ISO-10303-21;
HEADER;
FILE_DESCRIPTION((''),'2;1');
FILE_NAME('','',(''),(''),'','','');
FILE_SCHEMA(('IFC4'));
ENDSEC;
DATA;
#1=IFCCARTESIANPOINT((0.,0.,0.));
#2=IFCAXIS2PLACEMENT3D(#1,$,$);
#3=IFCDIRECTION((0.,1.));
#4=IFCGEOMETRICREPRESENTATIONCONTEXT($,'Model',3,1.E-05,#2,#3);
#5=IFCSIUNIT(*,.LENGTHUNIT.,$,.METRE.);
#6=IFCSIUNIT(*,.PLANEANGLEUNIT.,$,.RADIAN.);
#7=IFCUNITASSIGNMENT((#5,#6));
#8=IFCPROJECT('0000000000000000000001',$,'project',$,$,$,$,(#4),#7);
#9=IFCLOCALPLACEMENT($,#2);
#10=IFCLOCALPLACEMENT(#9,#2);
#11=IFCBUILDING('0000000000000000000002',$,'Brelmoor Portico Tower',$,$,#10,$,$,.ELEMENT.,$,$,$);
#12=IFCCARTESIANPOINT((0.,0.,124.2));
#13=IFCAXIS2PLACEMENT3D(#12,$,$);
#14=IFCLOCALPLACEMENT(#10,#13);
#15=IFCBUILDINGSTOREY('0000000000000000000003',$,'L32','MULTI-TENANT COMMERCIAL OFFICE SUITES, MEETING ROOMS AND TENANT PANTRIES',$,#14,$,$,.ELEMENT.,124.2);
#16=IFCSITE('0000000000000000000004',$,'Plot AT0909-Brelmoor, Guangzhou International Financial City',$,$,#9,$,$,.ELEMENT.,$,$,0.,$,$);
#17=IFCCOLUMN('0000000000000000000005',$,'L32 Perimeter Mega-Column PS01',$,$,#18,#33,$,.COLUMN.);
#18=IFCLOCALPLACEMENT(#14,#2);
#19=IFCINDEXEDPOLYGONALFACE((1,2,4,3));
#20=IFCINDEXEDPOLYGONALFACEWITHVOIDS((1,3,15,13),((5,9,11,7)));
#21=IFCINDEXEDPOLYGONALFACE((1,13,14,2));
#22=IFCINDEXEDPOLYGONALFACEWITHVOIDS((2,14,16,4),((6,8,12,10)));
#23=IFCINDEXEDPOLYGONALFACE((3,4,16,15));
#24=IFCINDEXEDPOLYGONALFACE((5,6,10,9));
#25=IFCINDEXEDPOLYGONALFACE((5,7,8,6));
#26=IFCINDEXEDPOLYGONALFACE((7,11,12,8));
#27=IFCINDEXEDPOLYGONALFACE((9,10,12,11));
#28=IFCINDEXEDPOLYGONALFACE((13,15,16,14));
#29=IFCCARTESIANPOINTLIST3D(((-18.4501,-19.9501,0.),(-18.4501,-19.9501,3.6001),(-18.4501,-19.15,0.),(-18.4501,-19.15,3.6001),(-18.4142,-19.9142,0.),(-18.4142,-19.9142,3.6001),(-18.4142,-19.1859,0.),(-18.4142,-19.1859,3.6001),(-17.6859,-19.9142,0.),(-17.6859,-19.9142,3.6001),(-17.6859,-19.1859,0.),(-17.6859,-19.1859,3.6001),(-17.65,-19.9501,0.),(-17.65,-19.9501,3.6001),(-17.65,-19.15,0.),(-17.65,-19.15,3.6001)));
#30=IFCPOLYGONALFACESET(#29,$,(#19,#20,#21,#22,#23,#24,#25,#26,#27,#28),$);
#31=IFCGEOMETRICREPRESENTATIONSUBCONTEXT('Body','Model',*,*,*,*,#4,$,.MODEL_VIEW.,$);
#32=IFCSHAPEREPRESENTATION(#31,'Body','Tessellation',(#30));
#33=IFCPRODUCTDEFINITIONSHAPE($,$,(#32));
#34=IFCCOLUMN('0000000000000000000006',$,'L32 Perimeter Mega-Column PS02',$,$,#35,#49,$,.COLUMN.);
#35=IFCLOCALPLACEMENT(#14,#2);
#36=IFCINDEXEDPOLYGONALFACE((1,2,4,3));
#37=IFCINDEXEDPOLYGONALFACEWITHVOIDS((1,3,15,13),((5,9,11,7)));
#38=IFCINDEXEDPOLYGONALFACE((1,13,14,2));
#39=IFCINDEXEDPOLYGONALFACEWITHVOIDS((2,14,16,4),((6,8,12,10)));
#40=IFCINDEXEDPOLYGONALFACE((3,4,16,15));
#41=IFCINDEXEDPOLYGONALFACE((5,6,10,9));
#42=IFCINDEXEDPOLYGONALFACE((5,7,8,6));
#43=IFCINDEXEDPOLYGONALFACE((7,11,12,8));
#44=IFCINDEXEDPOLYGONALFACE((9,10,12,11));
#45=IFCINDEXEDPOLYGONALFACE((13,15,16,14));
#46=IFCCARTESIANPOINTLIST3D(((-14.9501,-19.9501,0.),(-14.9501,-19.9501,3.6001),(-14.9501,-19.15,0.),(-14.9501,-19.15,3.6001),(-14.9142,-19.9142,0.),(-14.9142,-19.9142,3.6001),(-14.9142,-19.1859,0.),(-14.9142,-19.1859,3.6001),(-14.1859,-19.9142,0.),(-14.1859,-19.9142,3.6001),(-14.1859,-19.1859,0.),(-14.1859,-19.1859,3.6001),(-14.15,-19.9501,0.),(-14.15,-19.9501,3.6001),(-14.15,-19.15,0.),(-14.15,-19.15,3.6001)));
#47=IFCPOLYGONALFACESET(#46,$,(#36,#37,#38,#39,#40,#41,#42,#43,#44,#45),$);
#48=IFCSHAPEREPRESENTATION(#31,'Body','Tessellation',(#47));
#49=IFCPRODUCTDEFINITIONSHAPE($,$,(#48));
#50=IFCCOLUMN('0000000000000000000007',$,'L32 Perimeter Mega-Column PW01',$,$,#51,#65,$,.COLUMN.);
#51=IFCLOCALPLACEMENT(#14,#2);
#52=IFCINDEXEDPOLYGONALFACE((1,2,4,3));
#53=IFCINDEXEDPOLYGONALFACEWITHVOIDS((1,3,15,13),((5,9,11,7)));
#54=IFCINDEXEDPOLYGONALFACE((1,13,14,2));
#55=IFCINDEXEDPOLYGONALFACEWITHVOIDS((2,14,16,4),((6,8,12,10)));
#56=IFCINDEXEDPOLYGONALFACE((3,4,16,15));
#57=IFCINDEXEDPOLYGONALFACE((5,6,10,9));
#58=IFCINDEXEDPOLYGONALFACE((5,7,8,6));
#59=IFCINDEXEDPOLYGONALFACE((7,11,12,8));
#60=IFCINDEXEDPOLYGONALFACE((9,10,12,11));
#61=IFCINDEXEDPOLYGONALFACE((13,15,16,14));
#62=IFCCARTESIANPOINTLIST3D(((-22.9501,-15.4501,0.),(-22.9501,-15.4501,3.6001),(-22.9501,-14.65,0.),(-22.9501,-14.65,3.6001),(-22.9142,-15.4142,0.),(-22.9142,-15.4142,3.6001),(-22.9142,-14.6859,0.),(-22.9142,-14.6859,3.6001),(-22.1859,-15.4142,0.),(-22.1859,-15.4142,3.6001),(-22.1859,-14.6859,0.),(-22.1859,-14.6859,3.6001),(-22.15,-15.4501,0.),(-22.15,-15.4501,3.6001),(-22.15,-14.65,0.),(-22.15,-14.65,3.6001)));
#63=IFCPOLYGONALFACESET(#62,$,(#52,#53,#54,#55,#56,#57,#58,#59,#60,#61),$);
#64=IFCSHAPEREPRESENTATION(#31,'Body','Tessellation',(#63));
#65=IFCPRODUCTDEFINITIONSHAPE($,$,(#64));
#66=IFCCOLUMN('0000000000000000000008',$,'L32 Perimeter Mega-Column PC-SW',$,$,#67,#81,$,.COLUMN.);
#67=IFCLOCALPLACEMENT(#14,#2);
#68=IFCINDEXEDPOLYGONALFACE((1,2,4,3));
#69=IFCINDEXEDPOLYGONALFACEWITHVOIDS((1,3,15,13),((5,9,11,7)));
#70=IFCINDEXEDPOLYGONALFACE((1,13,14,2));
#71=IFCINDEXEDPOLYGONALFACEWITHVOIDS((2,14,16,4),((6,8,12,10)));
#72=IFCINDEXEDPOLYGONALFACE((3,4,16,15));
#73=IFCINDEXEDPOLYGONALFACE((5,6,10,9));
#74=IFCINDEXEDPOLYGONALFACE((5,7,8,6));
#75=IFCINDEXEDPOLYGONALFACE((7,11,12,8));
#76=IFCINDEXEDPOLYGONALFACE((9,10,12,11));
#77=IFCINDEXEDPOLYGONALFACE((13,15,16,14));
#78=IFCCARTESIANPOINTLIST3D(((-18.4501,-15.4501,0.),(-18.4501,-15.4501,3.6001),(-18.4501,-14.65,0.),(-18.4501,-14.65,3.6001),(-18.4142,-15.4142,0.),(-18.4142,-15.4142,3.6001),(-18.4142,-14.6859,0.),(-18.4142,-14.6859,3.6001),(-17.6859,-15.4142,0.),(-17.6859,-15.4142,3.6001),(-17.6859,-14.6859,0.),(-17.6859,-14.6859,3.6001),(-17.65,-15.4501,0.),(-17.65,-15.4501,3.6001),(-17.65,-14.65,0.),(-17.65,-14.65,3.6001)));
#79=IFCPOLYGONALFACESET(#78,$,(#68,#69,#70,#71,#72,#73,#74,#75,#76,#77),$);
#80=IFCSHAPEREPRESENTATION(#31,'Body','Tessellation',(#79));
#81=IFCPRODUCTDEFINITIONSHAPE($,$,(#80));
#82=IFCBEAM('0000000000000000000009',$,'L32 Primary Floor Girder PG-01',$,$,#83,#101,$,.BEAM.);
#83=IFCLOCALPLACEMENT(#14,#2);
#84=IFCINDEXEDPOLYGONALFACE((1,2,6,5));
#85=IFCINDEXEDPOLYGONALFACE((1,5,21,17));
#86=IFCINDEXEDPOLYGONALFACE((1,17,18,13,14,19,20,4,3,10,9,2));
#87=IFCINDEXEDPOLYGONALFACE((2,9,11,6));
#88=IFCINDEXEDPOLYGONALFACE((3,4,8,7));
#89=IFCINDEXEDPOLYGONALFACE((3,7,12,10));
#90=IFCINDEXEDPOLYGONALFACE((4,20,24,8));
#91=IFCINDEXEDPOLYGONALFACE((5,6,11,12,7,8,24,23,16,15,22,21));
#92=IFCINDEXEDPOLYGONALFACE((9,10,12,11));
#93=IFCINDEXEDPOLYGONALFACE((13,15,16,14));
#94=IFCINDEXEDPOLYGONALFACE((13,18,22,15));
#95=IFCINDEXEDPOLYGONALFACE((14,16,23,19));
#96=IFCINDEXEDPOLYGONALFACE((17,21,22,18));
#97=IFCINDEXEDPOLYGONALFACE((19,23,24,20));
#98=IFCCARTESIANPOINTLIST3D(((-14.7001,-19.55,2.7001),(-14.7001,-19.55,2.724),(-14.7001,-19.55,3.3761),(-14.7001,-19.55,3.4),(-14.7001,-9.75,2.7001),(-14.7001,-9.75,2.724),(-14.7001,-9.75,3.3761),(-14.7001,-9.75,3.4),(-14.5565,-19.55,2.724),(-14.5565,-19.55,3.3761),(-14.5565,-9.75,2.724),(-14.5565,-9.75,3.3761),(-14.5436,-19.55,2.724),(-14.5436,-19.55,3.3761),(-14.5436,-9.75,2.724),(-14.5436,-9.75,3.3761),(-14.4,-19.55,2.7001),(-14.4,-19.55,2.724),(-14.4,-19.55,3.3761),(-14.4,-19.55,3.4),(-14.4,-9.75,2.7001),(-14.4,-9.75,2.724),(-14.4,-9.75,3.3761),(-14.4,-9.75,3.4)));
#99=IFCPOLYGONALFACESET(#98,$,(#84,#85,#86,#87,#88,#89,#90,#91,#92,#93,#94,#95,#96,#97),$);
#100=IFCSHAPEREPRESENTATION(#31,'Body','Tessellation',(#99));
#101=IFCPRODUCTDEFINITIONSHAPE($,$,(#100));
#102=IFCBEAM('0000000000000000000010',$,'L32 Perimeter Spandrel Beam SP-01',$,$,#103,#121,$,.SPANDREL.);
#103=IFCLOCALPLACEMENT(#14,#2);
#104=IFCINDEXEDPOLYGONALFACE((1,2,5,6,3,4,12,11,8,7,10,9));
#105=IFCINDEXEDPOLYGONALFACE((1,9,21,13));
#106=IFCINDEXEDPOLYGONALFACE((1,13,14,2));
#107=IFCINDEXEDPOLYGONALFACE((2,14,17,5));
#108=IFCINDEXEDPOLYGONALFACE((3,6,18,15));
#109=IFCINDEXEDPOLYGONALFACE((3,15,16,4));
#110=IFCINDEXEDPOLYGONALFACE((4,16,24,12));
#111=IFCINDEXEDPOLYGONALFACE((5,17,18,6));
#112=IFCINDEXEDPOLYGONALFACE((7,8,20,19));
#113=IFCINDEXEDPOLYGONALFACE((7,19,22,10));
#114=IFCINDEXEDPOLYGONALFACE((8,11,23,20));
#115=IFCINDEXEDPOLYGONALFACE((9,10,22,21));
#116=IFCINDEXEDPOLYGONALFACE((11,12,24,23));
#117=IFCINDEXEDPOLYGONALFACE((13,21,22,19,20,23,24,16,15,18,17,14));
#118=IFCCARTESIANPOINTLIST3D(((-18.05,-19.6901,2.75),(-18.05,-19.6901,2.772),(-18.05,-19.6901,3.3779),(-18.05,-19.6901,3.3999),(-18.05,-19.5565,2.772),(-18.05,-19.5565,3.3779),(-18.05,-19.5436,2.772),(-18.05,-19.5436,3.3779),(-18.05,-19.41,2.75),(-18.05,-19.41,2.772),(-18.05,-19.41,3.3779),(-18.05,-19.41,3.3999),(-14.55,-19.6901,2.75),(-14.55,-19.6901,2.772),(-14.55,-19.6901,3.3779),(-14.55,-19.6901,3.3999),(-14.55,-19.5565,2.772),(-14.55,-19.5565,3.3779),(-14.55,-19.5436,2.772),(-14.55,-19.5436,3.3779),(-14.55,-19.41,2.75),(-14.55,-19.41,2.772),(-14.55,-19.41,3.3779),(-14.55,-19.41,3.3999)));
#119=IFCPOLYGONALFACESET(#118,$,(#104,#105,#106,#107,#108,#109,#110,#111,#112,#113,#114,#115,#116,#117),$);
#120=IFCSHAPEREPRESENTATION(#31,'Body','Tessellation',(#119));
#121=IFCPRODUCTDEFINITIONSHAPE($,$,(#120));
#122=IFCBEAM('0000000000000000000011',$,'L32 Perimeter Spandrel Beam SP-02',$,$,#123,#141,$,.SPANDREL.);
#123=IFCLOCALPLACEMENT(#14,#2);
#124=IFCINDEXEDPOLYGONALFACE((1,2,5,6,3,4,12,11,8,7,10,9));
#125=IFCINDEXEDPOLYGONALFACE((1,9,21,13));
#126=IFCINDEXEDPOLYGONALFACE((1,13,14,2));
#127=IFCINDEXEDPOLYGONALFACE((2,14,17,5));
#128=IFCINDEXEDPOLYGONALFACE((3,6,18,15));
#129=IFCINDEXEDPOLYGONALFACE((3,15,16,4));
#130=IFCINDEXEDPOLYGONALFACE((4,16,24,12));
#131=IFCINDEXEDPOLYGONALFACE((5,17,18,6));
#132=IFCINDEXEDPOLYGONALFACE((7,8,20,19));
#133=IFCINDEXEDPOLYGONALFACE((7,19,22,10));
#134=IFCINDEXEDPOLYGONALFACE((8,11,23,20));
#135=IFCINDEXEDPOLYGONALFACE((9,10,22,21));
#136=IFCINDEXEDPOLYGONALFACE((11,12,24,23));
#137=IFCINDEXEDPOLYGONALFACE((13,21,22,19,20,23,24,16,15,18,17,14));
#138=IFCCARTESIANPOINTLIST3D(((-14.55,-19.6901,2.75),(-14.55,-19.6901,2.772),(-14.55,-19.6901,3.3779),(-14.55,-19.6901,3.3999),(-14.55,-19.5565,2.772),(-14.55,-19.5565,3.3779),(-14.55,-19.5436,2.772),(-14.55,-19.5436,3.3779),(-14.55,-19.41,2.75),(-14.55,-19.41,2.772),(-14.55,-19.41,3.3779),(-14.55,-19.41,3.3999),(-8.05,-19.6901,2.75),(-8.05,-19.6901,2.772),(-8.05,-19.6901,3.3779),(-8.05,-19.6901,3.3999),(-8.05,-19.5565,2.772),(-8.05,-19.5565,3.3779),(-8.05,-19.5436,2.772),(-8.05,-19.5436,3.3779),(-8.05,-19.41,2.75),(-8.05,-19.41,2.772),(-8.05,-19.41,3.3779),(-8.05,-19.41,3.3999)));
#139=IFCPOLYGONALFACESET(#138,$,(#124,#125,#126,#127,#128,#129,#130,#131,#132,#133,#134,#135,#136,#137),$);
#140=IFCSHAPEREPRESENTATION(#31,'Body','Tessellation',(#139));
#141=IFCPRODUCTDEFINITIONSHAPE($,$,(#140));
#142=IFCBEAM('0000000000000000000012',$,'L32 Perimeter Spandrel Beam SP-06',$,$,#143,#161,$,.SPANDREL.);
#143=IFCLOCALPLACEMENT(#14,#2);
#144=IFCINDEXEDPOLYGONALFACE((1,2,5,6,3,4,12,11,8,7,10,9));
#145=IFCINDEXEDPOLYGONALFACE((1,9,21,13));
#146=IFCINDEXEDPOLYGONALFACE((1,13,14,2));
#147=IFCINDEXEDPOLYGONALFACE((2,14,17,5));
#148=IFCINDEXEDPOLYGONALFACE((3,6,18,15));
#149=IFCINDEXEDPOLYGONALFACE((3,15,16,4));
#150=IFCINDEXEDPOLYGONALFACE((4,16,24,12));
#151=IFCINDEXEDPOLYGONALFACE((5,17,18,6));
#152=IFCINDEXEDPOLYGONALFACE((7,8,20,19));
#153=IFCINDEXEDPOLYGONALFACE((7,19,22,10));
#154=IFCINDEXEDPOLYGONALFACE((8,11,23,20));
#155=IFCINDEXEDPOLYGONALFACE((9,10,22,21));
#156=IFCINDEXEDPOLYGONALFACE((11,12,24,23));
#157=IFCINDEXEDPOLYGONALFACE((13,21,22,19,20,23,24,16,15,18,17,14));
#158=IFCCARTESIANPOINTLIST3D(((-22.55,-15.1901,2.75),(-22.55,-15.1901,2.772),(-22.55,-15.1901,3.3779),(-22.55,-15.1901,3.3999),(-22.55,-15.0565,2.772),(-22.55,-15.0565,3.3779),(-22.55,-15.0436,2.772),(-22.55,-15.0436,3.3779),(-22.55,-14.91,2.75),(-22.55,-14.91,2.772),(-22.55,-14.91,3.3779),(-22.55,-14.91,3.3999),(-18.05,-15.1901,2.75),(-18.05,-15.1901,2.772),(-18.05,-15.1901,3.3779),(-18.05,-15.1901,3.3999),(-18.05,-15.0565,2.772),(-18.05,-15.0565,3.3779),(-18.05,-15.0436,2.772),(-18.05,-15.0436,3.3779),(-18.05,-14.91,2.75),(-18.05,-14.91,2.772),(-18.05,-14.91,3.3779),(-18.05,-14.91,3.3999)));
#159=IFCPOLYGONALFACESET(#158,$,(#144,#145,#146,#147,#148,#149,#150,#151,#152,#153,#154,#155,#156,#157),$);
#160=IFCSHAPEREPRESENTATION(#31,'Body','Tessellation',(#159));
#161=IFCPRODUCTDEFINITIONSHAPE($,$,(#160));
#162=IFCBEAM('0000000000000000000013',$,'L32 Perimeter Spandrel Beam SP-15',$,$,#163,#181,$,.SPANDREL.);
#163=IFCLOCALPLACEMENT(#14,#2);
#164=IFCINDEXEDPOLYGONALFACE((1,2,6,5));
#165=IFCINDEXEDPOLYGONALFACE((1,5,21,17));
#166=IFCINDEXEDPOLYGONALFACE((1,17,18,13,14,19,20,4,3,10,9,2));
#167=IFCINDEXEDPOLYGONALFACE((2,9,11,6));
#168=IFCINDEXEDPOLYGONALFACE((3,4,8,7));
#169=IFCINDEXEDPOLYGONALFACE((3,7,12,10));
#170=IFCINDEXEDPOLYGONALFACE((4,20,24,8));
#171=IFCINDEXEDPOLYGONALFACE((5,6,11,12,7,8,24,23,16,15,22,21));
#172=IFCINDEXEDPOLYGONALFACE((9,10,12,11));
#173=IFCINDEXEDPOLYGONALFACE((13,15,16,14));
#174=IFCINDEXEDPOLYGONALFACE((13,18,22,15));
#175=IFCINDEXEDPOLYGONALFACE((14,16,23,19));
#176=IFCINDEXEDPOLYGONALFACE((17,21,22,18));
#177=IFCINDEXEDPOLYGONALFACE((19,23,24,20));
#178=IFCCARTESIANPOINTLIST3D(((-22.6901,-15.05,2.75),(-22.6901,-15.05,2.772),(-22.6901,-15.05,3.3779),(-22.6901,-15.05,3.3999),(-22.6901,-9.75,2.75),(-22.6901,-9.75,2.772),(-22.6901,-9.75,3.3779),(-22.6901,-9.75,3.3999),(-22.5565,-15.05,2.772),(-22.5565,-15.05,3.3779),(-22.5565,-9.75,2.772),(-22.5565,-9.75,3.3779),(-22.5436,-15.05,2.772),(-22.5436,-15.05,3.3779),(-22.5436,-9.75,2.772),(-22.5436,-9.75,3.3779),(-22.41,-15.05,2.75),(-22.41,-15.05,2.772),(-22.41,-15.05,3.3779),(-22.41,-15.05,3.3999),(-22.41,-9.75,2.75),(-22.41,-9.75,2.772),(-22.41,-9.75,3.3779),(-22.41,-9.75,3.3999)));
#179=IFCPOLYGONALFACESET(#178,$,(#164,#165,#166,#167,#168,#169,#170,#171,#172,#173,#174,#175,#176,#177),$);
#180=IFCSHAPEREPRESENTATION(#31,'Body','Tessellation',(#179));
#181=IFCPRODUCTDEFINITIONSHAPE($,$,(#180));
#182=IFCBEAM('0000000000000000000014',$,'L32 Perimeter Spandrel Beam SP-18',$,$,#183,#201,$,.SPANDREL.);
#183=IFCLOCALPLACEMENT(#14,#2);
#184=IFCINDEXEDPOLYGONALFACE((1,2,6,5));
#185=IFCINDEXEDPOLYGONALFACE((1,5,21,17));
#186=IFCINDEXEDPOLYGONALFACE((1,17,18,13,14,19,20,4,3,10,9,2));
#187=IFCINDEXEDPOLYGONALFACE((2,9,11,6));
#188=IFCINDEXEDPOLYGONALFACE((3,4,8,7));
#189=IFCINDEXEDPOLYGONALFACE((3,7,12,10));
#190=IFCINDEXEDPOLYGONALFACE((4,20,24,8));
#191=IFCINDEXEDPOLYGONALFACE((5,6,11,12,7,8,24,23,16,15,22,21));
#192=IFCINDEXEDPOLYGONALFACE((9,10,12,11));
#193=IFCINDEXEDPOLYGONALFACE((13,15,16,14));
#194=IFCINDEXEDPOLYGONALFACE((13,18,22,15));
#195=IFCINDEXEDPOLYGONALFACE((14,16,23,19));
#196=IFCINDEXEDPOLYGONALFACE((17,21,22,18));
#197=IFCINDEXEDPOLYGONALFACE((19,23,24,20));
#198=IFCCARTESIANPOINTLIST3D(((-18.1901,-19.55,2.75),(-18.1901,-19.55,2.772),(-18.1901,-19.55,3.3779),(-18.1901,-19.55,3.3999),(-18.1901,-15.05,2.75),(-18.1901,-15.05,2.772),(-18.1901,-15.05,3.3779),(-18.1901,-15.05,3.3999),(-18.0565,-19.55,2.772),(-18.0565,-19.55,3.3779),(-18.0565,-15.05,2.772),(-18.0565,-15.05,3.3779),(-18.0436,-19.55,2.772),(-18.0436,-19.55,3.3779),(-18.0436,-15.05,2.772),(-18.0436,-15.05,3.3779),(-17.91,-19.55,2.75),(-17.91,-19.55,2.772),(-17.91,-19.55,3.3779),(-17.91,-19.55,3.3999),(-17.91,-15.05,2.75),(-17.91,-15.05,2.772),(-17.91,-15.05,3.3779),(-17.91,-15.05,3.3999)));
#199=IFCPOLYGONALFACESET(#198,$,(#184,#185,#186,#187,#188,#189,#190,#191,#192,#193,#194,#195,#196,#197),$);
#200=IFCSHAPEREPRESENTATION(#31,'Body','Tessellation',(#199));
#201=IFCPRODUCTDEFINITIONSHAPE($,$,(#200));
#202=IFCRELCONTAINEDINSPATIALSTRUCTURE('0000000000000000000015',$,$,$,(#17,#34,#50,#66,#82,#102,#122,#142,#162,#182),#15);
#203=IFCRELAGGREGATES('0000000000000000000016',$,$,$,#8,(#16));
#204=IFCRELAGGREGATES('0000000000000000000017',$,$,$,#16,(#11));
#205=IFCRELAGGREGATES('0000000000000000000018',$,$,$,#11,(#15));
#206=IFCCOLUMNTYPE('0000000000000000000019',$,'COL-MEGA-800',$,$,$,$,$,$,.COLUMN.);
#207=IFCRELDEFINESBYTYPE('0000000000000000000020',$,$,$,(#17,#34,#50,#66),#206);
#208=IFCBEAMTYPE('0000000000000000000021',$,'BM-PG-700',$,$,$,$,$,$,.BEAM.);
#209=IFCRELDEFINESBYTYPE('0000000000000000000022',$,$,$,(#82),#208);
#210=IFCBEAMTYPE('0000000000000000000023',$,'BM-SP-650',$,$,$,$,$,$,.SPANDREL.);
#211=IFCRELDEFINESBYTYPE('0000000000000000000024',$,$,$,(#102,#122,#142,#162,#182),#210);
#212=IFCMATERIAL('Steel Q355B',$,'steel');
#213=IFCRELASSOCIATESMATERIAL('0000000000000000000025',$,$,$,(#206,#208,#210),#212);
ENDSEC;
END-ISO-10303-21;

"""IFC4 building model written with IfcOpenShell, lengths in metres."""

from ifc_helpers import new_model, si_unit, direction, frame, origin, origin_2d, place, context, subcontext, project, spatial, hollow_rectangle, i_section, extrude, material, material_profile, profile_set, type_object, element, save


model = new_model("IFC4")

# Units and contexts
model_context = context("Model", 3, precision=1e-05, world=origin(), true_north=direction((0.0, 1.0)))
body_context = subcontext(model_context, "Body", "Model", "MODEL_VIEW")
ifc_project = project(units=[si_unit("LENGTHUNIT", "METRE"), si_unit("PLANEANGLEUNIT", "RADIAN")], contexts=[model_context])

# Site, building, storey
site_placement = place(None, origin())
site = spatial("IfcSite", under=ifc_project, at=site_placement, Name="Plot AT0909-Brelmoor, Guangzhou International Financial City", CompositionType="ELEMENT", RefElevation=0.0)
building_placement = place(site_placement, origin())
building = spatial("IfcBuilding", under=site, at=building_placement, Name="Brelmoor Portico Tower", CompositionType="ELEMENT")
storey_placement = place(building_placement, frame((0.0, 0.0, 124.2)))
storey = spatial("IfcBuildingStorey", under=building, at=storey_placement, Name="L32", Description="MULTI-TENANT COMMERCIAL OFFICE SUITES, MEETING ROOMS AND TENANT PANTRIES", CompositionType="ELEMENT", Elevation=124.2)

# Columns
ifc_material_1 = material(Name="Steel Q355B", Category="steel")
ifc_material_profile_1 = material_profile(ifc_material_1, hollow_rectangle(XDim=0.8, YDim=0.8, WallThickness=0.0359, at=origin_2d()), Name="BOX 800x800x36")
ifc_profile_set_1 = profile_set([ifc_material_profile_1], Name="Steel Q355B")
column_type = type_object("IfcColumnType", Name="COL-MEGA-800", PredefinedType="COLUMN", material=ifc_profile_set_1)
for number, where, z_axis, x_axis, name in (
    (1, (-18.05, -19.55, 0.0), (0.0, 0.0, 1.0), (1.0, 0.0, 0.0), "L32 Perimeter Mega-Column PS01"),
    (2, (-14.55, -19.55, 0.0), (0.0, 0.0, 1.0), (1.0, 0.0, 0.0), "L32 Perimeter Mega-Column PS02"),
    (3, (-22.55, -15.05, 0.0), (0.0, 0.0, 1.0), (0.0, 1.0, 0.0), "L32 Perimeter Mega-Column PW01"),
    (4, (-18.05, -15.05, 0.0), (0.0, 0.0, 1.0), (1.0, 0.0, 0.0), "L32 Perimeter Mega-Column PC-SW"),
):
    element("IfcColumn", number, at=place(storey_placement, frame(where, z_axis=z_axis, x_axis=x_axis)), inside=storey, type_object=column_type, Name=name, PredefinedType="COLUMN", context=body_context, shape_type="SweptSolid", body=[
        extrude(hollow_rectangle(XDim=0.8, YDim=0.8, WallThickness=0.0359, at=origin_2d()), origin(), (0.0, 0.0, 1.0), 3.6001),
    ])

# Beams
ifc_material_profile_2 = material_profile(ifc_material_1, i_section(OverallWidth=0.3, OverallDepth=0.7, WebThickness=0.0129, FlangeThickness=0.0239, at=origin_2d()), Name="HN 700x300x13x24")
ifc_profile_set_2 = profile_set([ifc_material_profile_2], Name="Steel Q355B")
beam_type_1 = type_object("IfcBeamType", Name="BM-PG-700", PredefinedType="BEAM", material=ifc_profile_set_2)
beam_1_placement = place(storey_placement, frame((-14.55, -19.55, 3.05), z_axis=(0.0, 1.0, 0.0), x_axis=(-1.0, 0.0, 0.0)))
element("IfcBeam", 5, at=beam_1_placement, inside=storey, type_object=beam_type_1, Name="L32 Primary Floor Girder PG-01", PredefinedType="BEAM", context=body_context, shape_type="SweptSolid", body=[
    extrude(i_section(OverallWidth=0.3, OverallDepth=0.7, WebThickness=0.0129, FlangeThickness=0.0239, at=origin_2d()), origin(), (0.0, 0.0, 1.0), 9.8),
])
ifc_material_profile_3 = material_profile(ifc_material_1, i_section(OverallWidth=0.28, OverallDepth=0.6499, WebThickness=0.0129, FlangeThickness=0.022, at=origin_2d()), Name="HN 650x280x13x22")
ifc_profile_set_3 = profile_set([ifc_material_profile_3], Name="Steel Q355B")
beam_type_2 = type_object("IfcBeamType", Name="BM-SP-650", PredefinedType="SPANDREL", material=ifc_profile_set_3)
beam_2_placement = place(storey_placement, frame((-18.05, -19.55, 3.075), z_axis=(1.0, 0.0, 0.0), x_axis=(0.0, 1.0, 0.0)))
element("IfcBeam", 6, at=beam_2_placement, inside=storey, type_object=beam_type_2, Name="L32 Perimeter Spandrel Beam SP-01", PredefinedType="SPANDREL", context=body_context, shape_type="SweptSolid", body=[
    extrude(i_section(OverallWidth=0.28, OverallDepth=0.6499, WebThickness=0.0129, FlangeThickness=0.022, at=origin_2d()), origin(), (0.0, 0.0, 1.0), 3.5),
])
beam_3_placement = place(storey_placement, frame((-14.55, -19.55, 3.075), z_axis=(1.0, 0.0, 0.0), x_axis=(0.0, 1.0, 0.0)))
element("IfcBeam", 7, at=beam_3_placement, inside=storey, type_object=beam_type_2, Name="L32 Perimeter Spandrel Beam SP-02", PredefinedType="SPANDREL", context=body_context, shape_type="SweptSolid", body=[
    extrude(i_section(OverallWidth=0.28, OverallDepth=0.6499, WebThickness=0.0129, FlangeThickness=0.022, at=origin_2d()), origin(), (0.0, 0.0, 1.0), 6.5),
])
beam_4_placement = place(storey_placement, frame((-22.55, -15.05, 3.075), z_axis=(1.0, 0.0, 0.0), x_axis=(0.0, 1.0, 0.0)))
element("IfcBeam", 8, at=beam_4_placement, inside=storey, type_object=beam_type_2, Name="L32 Perimeter Spandrel Beam SP-06", PredefinedType="SPANDREL", context=body_context, shape_type="SweptSolid", body=[
    extrude(i_section(OverallWidth=0.28, OverallDepth=0.6499, WebThickness=0.0129, FlangeThickness=0.022, at=origin_2d()), origin(), (0.0, 0.0, 1.0), 4.5),
])
beam_5_placement = place(storey_placement, frame((-22.55, -15.05, 3.075), z_axis=(0.0, 1.0, 0.0), x_axis=(-1.0, 0.0, 0.0)))
element("IfcBeam", 9, at=beam_5_placement, inside=storey, type_object=beam_type_2, Name="L32 Perimeter Spandrel Beam SP-15", PredefinedType="SPANDREL", context=body_context, shape_type="SweptSolid", body=[
    extrude(i_section(OverallWidth=0.28, OverallDepth=0.6499, WebThickness=0.0129, FlangeThickness=0.022, at=origin_2d()), origin(), (0.0, 0.0, 1.0), 5.3),
])
beam_6_placement = place(storey_placement, frame((-18.05, -19.55, 3.075), z_axis=(0.0, 1.0, 0.0), x_axis=(-1.0, 0.0, 0.0)))
element("IfcBeam", 10, at=beam_6_placement, inside=storey, type_object=beam_type_2, Name="L32 Perimeter Spandrel Beam SP-18", PredefinedType="SPANDREL", context=body_context, shape_type="SweptSolid", body=[
    extrude(i_section(OverallWidth=0.28, OverallDepth=0.6499, WebThickness=0.0129, FlangeThickness=0.022, at=origin_2d()), origin(), (0.0, 0.0, 1.0), 4.5),
])

save(model, "model.ifc")
